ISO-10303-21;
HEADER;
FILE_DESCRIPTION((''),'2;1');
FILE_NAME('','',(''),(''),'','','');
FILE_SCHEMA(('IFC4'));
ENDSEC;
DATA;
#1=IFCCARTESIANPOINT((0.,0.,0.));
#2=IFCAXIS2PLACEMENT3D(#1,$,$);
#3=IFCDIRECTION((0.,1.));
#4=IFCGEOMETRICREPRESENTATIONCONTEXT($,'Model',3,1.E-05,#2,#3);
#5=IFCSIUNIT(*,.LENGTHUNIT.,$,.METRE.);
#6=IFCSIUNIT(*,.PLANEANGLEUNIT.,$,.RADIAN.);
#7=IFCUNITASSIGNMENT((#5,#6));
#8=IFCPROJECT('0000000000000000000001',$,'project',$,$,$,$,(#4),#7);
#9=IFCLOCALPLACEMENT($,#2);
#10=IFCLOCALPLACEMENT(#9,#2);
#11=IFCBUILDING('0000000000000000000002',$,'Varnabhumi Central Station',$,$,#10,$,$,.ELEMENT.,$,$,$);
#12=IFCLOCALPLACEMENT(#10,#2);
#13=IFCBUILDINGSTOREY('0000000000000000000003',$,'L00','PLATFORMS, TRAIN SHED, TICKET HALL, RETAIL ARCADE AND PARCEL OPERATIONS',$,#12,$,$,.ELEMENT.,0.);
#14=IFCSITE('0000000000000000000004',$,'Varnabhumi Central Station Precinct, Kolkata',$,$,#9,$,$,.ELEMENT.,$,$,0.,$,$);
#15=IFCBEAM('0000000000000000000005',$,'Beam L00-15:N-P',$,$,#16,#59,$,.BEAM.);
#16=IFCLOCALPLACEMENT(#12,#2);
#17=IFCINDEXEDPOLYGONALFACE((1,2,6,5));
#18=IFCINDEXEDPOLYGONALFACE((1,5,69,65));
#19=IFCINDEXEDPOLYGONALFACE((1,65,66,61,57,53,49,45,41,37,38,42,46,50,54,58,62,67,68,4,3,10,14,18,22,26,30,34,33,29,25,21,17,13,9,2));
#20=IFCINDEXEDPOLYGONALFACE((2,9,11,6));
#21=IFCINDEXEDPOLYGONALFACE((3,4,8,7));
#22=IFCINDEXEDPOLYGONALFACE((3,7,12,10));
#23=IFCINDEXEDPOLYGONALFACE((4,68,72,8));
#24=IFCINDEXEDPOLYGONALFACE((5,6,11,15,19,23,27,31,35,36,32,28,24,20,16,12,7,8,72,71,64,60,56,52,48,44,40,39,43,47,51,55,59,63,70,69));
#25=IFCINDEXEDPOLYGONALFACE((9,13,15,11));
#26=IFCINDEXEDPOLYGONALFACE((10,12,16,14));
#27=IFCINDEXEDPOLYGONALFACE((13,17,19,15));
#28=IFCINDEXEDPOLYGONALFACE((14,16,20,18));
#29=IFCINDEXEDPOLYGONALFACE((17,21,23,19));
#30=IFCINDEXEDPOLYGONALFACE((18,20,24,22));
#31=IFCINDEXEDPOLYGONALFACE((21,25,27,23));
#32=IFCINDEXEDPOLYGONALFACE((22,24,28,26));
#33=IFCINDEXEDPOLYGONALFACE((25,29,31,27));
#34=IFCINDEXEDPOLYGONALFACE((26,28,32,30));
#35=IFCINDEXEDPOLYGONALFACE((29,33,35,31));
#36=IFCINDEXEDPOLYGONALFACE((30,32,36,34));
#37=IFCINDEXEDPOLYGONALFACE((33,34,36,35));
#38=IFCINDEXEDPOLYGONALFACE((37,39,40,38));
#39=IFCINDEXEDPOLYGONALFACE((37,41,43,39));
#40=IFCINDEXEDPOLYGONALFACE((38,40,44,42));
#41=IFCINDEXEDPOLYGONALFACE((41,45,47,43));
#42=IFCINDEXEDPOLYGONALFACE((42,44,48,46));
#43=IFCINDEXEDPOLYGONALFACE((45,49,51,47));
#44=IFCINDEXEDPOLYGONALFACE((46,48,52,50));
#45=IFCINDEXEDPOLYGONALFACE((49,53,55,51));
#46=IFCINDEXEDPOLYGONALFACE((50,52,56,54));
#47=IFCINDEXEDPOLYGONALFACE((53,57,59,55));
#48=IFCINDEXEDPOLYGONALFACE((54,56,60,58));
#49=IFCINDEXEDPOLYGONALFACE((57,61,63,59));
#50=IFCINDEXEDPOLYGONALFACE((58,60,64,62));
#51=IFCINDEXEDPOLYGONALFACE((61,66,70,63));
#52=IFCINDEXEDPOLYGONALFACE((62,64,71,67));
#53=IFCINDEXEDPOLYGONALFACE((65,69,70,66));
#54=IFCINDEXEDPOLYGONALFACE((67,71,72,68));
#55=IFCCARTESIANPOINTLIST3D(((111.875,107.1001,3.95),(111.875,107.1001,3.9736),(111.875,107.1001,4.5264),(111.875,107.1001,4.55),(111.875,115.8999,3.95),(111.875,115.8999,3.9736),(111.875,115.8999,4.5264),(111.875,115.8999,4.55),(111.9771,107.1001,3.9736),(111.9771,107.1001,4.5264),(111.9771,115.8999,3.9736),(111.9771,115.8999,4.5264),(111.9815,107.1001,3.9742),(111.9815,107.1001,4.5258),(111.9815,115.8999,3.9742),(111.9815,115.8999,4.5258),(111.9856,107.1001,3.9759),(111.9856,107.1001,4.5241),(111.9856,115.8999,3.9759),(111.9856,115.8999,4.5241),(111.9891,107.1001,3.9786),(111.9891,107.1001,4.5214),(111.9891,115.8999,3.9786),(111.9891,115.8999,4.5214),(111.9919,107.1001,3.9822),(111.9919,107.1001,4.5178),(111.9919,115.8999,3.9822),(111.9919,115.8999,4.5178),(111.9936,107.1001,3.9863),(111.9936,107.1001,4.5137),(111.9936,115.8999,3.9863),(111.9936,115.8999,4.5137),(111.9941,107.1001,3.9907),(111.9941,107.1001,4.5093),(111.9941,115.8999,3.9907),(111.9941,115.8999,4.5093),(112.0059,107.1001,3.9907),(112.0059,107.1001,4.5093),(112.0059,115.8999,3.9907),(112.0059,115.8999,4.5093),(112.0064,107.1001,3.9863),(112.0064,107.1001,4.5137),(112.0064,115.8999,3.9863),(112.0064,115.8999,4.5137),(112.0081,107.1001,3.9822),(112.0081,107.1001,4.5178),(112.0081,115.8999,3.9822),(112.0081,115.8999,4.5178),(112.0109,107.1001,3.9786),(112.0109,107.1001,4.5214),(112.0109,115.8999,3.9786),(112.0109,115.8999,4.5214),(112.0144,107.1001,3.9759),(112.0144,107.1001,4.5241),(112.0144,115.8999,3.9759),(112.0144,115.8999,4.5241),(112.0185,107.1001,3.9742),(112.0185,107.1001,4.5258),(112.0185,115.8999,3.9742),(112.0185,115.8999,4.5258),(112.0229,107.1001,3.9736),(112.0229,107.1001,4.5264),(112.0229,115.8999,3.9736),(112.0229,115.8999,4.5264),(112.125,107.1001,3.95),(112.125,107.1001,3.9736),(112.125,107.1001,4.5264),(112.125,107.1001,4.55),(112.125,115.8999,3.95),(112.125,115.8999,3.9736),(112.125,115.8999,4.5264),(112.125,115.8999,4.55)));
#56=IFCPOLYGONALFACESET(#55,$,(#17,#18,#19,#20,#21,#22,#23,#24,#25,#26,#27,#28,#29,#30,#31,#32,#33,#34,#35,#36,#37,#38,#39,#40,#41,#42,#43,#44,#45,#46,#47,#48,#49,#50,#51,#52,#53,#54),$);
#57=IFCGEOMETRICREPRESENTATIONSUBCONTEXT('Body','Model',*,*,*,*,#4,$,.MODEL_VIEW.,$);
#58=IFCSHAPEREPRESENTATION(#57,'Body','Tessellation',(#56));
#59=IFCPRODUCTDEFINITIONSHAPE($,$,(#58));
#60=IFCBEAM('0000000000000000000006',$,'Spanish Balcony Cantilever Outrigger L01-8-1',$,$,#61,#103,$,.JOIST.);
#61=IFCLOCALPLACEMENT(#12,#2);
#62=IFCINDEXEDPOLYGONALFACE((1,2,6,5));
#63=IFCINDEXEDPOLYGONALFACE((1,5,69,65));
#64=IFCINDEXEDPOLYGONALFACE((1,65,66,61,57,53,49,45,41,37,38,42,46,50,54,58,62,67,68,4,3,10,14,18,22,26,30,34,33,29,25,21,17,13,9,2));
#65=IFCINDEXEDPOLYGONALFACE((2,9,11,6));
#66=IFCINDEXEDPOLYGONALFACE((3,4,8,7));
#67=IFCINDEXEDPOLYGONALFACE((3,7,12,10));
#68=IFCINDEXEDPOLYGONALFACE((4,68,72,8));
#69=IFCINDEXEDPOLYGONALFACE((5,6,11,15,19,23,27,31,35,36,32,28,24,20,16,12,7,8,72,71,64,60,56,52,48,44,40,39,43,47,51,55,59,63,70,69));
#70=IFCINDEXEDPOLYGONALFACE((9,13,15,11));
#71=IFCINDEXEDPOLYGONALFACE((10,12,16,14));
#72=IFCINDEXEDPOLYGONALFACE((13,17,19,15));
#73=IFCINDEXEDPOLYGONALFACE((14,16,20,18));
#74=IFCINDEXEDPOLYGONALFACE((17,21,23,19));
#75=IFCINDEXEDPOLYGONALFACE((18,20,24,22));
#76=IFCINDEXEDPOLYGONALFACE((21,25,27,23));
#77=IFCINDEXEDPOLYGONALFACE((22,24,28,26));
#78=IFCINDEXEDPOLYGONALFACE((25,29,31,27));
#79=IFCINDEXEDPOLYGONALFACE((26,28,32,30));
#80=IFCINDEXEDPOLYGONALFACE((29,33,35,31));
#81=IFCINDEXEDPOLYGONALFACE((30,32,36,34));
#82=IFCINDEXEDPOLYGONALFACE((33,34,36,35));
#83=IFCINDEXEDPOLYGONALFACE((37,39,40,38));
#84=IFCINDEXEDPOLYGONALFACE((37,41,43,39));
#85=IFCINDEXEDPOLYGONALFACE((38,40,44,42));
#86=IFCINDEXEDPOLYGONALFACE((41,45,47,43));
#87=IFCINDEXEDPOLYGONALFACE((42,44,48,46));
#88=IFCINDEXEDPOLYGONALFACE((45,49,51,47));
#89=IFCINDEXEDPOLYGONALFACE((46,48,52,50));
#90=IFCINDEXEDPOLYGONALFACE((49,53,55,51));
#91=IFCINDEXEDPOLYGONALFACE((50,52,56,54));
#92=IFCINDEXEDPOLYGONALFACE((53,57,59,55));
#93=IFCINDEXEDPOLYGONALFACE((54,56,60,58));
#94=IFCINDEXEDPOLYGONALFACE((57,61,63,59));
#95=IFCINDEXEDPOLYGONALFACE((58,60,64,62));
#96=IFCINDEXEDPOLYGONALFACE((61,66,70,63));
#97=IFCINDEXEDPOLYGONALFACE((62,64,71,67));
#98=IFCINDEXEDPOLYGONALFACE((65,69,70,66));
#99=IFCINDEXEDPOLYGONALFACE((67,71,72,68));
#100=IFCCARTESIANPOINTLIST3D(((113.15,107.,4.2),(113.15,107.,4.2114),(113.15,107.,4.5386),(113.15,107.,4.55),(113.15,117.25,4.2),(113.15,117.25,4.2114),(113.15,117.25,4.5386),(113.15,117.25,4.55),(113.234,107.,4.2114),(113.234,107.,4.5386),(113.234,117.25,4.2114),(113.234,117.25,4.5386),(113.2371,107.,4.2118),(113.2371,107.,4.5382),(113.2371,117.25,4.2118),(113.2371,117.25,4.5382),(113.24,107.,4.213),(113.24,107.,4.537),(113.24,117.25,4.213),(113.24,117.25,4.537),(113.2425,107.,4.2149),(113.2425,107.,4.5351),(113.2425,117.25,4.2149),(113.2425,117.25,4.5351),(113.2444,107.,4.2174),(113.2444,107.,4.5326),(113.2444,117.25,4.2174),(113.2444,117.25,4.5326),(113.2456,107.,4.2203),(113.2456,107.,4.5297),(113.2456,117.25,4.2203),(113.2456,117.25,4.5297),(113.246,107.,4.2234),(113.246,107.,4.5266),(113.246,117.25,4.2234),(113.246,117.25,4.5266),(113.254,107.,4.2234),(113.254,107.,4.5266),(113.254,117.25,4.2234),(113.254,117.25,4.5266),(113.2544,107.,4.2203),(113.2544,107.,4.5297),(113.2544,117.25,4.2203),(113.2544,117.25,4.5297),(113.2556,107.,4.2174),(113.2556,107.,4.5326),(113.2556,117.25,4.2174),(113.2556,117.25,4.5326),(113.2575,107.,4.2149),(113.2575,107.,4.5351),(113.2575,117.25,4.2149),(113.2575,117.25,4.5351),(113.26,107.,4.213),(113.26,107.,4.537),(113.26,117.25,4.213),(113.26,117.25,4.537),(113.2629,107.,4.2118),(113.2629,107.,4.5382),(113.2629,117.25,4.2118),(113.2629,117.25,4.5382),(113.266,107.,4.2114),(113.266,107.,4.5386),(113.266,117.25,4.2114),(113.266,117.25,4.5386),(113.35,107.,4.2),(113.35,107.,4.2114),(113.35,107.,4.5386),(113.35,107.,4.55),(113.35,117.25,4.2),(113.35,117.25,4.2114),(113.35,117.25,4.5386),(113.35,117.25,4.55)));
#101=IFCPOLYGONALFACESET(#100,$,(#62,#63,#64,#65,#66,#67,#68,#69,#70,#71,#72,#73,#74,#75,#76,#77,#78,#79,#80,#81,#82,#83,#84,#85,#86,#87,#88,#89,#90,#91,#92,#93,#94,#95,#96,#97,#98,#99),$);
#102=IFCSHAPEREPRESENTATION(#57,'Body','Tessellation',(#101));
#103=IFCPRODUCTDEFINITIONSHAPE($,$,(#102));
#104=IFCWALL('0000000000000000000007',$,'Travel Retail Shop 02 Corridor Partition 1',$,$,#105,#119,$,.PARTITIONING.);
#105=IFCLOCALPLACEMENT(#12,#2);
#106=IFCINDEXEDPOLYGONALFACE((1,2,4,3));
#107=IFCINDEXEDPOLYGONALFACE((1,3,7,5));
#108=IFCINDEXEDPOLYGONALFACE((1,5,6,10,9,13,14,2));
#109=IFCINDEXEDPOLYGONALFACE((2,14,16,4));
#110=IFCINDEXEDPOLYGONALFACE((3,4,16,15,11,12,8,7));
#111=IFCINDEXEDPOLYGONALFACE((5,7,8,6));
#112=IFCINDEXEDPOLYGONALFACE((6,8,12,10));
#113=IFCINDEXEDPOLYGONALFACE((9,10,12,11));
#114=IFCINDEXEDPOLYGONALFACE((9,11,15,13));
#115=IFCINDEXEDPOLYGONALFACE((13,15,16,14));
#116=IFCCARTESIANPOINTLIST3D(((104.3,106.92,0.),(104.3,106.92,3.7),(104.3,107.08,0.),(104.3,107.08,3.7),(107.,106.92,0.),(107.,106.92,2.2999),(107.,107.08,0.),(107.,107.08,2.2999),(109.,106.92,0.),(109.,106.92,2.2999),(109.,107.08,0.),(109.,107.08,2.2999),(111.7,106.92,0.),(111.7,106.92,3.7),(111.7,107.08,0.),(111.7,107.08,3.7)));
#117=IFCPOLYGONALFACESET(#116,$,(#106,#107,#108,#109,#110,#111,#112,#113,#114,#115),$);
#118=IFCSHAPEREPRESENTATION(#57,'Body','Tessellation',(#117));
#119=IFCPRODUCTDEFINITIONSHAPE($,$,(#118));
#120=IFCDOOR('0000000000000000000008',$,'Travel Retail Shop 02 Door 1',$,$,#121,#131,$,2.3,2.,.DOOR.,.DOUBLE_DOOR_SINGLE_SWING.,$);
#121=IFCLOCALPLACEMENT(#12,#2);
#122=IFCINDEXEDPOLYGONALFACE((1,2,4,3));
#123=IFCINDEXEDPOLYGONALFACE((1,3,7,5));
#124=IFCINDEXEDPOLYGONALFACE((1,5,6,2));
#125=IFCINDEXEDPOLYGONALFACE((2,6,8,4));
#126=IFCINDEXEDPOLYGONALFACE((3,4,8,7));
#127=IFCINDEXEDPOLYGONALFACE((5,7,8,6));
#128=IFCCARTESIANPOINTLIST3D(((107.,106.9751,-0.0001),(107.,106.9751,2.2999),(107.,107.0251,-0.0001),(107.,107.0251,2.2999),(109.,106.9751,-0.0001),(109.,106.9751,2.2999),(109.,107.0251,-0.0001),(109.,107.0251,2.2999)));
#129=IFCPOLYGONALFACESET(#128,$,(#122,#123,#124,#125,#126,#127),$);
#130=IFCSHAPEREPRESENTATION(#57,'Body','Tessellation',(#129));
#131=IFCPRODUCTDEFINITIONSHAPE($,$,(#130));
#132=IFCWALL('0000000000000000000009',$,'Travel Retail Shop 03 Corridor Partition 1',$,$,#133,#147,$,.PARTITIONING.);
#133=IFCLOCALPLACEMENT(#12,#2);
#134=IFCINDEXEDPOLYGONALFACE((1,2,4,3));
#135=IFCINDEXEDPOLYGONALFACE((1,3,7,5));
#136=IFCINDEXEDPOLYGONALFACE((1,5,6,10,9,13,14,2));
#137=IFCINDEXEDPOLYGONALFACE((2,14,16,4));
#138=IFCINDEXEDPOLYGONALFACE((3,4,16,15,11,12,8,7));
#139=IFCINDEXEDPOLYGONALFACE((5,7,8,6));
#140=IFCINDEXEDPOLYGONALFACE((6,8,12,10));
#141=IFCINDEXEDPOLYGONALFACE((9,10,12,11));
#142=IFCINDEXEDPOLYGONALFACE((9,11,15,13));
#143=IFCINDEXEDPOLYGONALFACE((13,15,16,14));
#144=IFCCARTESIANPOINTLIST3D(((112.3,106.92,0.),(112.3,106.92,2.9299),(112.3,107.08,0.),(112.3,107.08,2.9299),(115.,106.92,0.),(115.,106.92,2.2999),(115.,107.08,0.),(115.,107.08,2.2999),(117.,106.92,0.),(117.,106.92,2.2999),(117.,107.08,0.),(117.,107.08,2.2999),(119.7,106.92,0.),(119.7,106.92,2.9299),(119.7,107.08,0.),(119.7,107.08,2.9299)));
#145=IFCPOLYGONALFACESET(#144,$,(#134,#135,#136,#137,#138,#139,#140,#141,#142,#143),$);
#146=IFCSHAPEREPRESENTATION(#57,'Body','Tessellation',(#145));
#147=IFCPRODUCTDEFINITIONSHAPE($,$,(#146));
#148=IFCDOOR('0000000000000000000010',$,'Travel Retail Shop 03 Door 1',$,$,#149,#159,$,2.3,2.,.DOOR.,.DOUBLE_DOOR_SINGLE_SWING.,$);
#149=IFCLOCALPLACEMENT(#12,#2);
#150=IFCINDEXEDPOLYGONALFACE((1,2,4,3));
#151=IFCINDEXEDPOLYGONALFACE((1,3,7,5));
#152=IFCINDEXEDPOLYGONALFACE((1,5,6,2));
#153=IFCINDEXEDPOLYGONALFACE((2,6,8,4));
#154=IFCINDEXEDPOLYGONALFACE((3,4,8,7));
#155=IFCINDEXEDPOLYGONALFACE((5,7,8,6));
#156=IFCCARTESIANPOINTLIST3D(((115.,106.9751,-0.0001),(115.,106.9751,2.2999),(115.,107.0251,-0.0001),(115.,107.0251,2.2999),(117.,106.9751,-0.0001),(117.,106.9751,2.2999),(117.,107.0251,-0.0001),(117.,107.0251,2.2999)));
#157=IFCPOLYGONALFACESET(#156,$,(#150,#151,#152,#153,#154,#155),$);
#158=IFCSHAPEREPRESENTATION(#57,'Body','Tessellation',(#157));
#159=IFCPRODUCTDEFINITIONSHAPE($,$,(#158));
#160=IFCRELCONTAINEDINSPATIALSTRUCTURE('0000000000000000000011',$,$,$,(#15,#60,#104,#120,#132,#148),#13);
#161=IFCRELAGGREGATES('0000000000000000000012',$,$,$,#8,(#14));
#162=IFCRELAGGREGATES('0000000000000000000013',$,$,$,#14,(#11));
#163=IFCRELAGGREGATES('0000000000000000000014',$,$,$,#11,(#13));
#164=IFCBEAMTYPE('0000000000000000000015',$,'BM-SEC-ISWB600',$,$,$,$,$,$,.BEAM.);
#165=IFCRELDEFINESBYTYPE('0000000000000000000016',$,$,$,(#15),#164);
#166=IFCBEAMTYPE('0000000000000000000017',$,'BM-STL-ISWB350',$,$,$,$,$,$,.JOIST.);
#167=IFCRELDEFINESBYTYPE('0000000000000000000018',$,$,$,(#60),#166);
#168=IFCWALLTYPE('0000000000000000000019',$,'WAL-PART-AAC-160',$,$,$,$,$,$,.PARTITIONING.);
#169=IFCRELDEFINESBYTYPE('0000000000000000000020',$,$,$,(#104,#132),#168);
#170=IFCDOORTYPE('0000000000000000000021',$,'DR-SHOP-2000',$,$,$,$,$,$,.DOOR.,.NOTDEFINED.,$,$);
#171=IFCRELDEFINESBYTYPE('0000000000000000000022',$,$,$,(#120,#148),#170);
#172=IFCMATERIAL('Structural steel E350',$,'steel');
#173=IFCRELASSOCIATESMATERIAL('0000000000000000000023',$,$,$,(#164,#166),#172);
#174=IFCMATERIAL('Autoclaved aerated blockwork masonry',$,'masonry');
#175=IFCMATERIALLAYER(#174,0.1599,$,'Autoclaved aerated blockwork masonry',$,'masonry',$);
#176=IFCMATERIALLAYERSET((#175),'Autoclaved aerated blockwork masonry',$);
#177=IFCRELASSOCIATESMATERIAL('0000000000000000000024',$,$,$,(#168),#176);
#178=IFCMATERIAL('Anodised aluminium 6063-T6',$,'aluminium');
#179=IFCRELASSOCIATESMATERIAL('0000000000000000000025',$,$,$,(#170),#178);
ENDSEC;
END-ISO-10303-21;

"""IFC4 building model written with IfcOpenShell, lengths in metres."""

from ifc_helpers import new_model, si_unit, direction, frame, frame_2d, origin, origin_2d, place, context, subcontext, project, spatial, rectangle, i_section, extrude, material, layer, layer_set, material_profile, profile_set, type_object, element, fill, save


model = new_model("IFC4")

# Units and contexts
model_context = context("Model", 3, precision=1e-05, world=origin(), true_north=direction((0.0, 1.0)))
body_context = subcontext(model_context, "Body", "Model", "MODEL_VIEW")
ifc_project = project(units=[si_unit("LENGTHUNIT", "METRE"), si_unit("PLANEANGLEUNIT", "RADIAN")], contexts=[model_context])

# Site, building, storey
site_placement = place(None, origin())
site = spatial("IfcSite", under=ifc_project, at=site_placement, Name="Varnabhumi Central Station Precinct, Kolkata", CompositionType="ELEMENT", RefElevation=0.0)
building_placement = place(site_placement, origin())
building = spatial("IfcBuilding", under=site, at=building_placement, Name="Varnabhumi Central Station", CompositionType="ELEMENT")
storey_placement = place(building_placement, origin())
storey = spatial("IfcBuildingStorey", under=building, at=storey_placement, Name="L00", Description="PLATFORMS, TRAIN SHED, TICKET HALL, RETAIL ARCADE AND PARCEL OPERATIONS", CompositionType="ELEMENT", Elevation=0.0)

# Beams
ifc_material_1 = material(Name="Structural steel E350", Category="steel")
ifc_material_profile_1 = material_profile(ifc_material_1, i_section(OverallWidth=0.25, OverallDepth=0.6001, WebThickness=0.0117, FlangeThickness=0.0237, FilletRadius=0.0171, at=origin_2d()), Name="Structural steel E350", Category="steel")
ifc_profile_set_1 = profile_set([ifc_material_profile_1], Name="Structural steel E350")
beam_type_1 = type_object("IfcBeamType", Name="BM-SEC-ISWB600", PredefinedType="BEAM", material=ifc_profile_set_1)
for number, where, z_axis, x_axis, name in (
    (1, (112.0, 107.1001, 4.25), (0.0, 1.0, 0.0), (-1.0, 0.0, 0.0), "Beam L00-15:N-P"),
):
    element("IfcBeam", number, at=place(storey_placement, frame(where, z_axis=z_axis, x_axis=x_axis)), inside=storey, type_object=beam_type_1, Name=name, PredefinedType="BEAM", context=body_context, shape_type="SweptSolid", body=[
        extrude(i_section(OverallWidth=0.25, OverallDepth=0.6001, WebThickness=0.0117, FlangeThickness=0.0237, FilletRadius=0.0171, at=origin_2d()), origin(), (0.0, 0.0, 1.0), 8.7998),
    ])
ifc_material_profile_2 = material_profile(ifc_material_1, i_section(OverallWidth=0.2, OverallDepth=0.3501, WebThickness=0.0081, FlangeThickness=0.0115, FilletRadius=0.012, at=origin_2d()), Name="Structural steel E350", Category="steel")
ifc_profile_set_2 = profile_set([ifc_material_profile_2], Name="Structural steel E350")
beam_type_2 = type_object("IfcBeamType", Name="BM-STL-ISWB350", PredefinedType="JOIST", material=ifc_profile_set_2)
beam_placement = place(storey_placement, frame((113.25, 107.0, 4.375), z_axis=(0.0, 1.0, 0.0), x_axis=(-1.0, 0.0, 0.0)))
element("IfcBeam", 2, at=beam_placement, inside=storey, type_object=beam_type_2, Name="Spanish Balcony Cantilever Outrigger L01-8-1", PredefinedType="JOIST", context=body_context, shape_type="SweptSolid", body=[
    extrude(i_section(OverallWidth=0.2, OverallDepth=0.3501, WebThickness=0.0081, FlangeThickness=0.0115, FilletRadius=0.012, at=origin_2d()), origin(), (0.0, 0.0, 1.0), 10.25),
])

# Walls, openings, doors
ifc_material_2 = material(Name="Autoclaved aerated blockwork masonry", Category="masonry")
ifc_layer_1 = layer(ifc_material_2, 0.1599, Name="Autoclaved aerated blockwork masonry", Category="masonry")
ifc_layer_set_1 = layer_set([ifc_layer_1], Name="Autoclaved aerated blockwork masonry")
wall_type = type_object("IfcWallType", Name="WAL-PART-AAC-160", PredefinedType="PARTITIONING", material=ifc_layer_set_1)
wall_1_placement = place(storey_placement, frame((104.3, 107.0, 0.0), z_axis=(0.0, 0.0, 1.0), x_axis=(1.0, 0.0, 0.0)))
wall_1 = element("IfcWall", 3, at=wall_1_placement, inside=storey, type_object=wall_type, Name="Travel Retail Shop 02 Corridor Partition 1", PredefinedType="PARTITIONING", context=body_context, shape_type="SweptSolid", body=[
    extrude(rectangle(XDim=7.3999, YDim=0.1599, at=frame_2d((3.7, 0.0))), origin(), (0.0, 0.0, 1.0), 3.7),
])
opening_1_placement = place(wall_1_placement, frame((2.7, 0.0, 0.0)))
opening_1 = element("IfcOpeningElement", 4, at=opening_1_placement, cuts=wall_1, PredefinedType="OPENING", context=body_context, shape_type="SweptSolid", body=[
    extrude(rectangle(XDim=2.0, YDim=2.3, at=frame_2d((1.0, 1.1499))), frame((0.0, 0.0898, 0.0), z_axis=(0.0, -1.0, 0.0), x_axis=(1.0, 0.0, 0.0)), (0.0, 0.0, 1.0), 0.1799),
])
ifc_material_3 = material(Name="Anodised aluminium 6063-T6", Category="aluminium")
door_type_1 = type_object("IfcDoorType", Name="DR-SHOP-2000", OperationType="NOTDEFINED", PredefinedType="DOOR", material=ifc_material_3)
door_1_placement = place(opening_1_placement, frame((2.0, 0.0, 0.0), z_axis=(0.0, 0.0, 1.0), x_axis=(-1.0, 0.0, 0.0)))
door_1 = element("IfcDoor", 5, at=door_1_placement, inside=storey, type_object=door_type_1, Name="Travel Retail Shop 02 Door 1", OperationType="DOUBLE_DOOR_SINGLE_SWING", OverallHeight=2.3, OverallWidth=2.0, PredefinedType="DOOR", context=body_context, shape_type="SweptSolid", body=[
    extrude(rectangle(XDim=2.0, YDim=2.3, at=frame_2d((1.0, 1.1499))), frame((0.0, 0.0249, 0.0), z_axis=(0.0, -1.0, 0.0), x_axis=(1.0, 0.0, 0.0)), (0.0, 0.0, 1.0), 0.05),
])
fill(opening_1, door_1)
wall_2_placement = place(storey_placement, frame((112.3, 107.0, 0.0), z_axis=(0.0, 0.0, 1.0), x_axis=(1.0, 0.0, 0.0)))
wall_2 = element("IfcWall", 6, at=wall_2_placement, inside=storey, type_object=wall_type, Name="Travel Retail Shop 03 Corridor Partition 1", PredefinedType="PARTITIONING", context=body_context, shape_type="SweptSolid", body=[
    extrude(rectangle(XDim=7.3999, YDim=0.1599, at=frame_2d((3.7, 0.0))), origin(), (0.0, 0.0, 1.0), 2.9299),
])
opening_2_placement = place(wall_2_placement, frame((2.7, 0.0, 0.0)))
opening_2 = element("IfcOpeningElement", 7, at=opening_2_placement, cuts=wall_2, PredefinedType="OPENING", context=body_context, shape_type="SweptSolid", body=[
    extrude(rectangle(XDim=2.0, YDim=2.3, at=frame_2d((1.0, 1.1499))), frame((0.0, 0.0898, 0.0), z_axis=(0.0, -1.0, 0.0), x_axis=(1.0, 0.0, 0.0)), (0.0, 0.0, 1.0), 0.1799),
])
door_2_placement = place(opening_2_placement, frame((2.0, 0.0, 0.0), z_axis=(0.0, 0.0, 1.0), x_axis=(-1.0, 0.0, 0.0)))
door_2 = element("IfcDoor", 8, at=door_2_placement, inside=storey, type_object=door_type_1, Name="Travel Retail Shop 03 Door 1", OperationType="DOUBLE_DOOR_SINGLE_SWING", OverallHeight=2.3, OverallWidth=2.0, PredefinedType="DOOR", context=body_context, shape_type="SweptSolid", body=[
    extrude(rectangle(XDim=2.0, YDim=2.3, at=frame_2d((1.0, 1.1499))), frame((0.0, 0.0249, 0.0), z_axis=(0.0, -1.0, 0.0), x_axis=(1.0, 0.0, 0.0)), (0.0, 0.0, 1.0), 0.05),
])
fill(opening_2, door_2)

save(model, "model.ifc")
